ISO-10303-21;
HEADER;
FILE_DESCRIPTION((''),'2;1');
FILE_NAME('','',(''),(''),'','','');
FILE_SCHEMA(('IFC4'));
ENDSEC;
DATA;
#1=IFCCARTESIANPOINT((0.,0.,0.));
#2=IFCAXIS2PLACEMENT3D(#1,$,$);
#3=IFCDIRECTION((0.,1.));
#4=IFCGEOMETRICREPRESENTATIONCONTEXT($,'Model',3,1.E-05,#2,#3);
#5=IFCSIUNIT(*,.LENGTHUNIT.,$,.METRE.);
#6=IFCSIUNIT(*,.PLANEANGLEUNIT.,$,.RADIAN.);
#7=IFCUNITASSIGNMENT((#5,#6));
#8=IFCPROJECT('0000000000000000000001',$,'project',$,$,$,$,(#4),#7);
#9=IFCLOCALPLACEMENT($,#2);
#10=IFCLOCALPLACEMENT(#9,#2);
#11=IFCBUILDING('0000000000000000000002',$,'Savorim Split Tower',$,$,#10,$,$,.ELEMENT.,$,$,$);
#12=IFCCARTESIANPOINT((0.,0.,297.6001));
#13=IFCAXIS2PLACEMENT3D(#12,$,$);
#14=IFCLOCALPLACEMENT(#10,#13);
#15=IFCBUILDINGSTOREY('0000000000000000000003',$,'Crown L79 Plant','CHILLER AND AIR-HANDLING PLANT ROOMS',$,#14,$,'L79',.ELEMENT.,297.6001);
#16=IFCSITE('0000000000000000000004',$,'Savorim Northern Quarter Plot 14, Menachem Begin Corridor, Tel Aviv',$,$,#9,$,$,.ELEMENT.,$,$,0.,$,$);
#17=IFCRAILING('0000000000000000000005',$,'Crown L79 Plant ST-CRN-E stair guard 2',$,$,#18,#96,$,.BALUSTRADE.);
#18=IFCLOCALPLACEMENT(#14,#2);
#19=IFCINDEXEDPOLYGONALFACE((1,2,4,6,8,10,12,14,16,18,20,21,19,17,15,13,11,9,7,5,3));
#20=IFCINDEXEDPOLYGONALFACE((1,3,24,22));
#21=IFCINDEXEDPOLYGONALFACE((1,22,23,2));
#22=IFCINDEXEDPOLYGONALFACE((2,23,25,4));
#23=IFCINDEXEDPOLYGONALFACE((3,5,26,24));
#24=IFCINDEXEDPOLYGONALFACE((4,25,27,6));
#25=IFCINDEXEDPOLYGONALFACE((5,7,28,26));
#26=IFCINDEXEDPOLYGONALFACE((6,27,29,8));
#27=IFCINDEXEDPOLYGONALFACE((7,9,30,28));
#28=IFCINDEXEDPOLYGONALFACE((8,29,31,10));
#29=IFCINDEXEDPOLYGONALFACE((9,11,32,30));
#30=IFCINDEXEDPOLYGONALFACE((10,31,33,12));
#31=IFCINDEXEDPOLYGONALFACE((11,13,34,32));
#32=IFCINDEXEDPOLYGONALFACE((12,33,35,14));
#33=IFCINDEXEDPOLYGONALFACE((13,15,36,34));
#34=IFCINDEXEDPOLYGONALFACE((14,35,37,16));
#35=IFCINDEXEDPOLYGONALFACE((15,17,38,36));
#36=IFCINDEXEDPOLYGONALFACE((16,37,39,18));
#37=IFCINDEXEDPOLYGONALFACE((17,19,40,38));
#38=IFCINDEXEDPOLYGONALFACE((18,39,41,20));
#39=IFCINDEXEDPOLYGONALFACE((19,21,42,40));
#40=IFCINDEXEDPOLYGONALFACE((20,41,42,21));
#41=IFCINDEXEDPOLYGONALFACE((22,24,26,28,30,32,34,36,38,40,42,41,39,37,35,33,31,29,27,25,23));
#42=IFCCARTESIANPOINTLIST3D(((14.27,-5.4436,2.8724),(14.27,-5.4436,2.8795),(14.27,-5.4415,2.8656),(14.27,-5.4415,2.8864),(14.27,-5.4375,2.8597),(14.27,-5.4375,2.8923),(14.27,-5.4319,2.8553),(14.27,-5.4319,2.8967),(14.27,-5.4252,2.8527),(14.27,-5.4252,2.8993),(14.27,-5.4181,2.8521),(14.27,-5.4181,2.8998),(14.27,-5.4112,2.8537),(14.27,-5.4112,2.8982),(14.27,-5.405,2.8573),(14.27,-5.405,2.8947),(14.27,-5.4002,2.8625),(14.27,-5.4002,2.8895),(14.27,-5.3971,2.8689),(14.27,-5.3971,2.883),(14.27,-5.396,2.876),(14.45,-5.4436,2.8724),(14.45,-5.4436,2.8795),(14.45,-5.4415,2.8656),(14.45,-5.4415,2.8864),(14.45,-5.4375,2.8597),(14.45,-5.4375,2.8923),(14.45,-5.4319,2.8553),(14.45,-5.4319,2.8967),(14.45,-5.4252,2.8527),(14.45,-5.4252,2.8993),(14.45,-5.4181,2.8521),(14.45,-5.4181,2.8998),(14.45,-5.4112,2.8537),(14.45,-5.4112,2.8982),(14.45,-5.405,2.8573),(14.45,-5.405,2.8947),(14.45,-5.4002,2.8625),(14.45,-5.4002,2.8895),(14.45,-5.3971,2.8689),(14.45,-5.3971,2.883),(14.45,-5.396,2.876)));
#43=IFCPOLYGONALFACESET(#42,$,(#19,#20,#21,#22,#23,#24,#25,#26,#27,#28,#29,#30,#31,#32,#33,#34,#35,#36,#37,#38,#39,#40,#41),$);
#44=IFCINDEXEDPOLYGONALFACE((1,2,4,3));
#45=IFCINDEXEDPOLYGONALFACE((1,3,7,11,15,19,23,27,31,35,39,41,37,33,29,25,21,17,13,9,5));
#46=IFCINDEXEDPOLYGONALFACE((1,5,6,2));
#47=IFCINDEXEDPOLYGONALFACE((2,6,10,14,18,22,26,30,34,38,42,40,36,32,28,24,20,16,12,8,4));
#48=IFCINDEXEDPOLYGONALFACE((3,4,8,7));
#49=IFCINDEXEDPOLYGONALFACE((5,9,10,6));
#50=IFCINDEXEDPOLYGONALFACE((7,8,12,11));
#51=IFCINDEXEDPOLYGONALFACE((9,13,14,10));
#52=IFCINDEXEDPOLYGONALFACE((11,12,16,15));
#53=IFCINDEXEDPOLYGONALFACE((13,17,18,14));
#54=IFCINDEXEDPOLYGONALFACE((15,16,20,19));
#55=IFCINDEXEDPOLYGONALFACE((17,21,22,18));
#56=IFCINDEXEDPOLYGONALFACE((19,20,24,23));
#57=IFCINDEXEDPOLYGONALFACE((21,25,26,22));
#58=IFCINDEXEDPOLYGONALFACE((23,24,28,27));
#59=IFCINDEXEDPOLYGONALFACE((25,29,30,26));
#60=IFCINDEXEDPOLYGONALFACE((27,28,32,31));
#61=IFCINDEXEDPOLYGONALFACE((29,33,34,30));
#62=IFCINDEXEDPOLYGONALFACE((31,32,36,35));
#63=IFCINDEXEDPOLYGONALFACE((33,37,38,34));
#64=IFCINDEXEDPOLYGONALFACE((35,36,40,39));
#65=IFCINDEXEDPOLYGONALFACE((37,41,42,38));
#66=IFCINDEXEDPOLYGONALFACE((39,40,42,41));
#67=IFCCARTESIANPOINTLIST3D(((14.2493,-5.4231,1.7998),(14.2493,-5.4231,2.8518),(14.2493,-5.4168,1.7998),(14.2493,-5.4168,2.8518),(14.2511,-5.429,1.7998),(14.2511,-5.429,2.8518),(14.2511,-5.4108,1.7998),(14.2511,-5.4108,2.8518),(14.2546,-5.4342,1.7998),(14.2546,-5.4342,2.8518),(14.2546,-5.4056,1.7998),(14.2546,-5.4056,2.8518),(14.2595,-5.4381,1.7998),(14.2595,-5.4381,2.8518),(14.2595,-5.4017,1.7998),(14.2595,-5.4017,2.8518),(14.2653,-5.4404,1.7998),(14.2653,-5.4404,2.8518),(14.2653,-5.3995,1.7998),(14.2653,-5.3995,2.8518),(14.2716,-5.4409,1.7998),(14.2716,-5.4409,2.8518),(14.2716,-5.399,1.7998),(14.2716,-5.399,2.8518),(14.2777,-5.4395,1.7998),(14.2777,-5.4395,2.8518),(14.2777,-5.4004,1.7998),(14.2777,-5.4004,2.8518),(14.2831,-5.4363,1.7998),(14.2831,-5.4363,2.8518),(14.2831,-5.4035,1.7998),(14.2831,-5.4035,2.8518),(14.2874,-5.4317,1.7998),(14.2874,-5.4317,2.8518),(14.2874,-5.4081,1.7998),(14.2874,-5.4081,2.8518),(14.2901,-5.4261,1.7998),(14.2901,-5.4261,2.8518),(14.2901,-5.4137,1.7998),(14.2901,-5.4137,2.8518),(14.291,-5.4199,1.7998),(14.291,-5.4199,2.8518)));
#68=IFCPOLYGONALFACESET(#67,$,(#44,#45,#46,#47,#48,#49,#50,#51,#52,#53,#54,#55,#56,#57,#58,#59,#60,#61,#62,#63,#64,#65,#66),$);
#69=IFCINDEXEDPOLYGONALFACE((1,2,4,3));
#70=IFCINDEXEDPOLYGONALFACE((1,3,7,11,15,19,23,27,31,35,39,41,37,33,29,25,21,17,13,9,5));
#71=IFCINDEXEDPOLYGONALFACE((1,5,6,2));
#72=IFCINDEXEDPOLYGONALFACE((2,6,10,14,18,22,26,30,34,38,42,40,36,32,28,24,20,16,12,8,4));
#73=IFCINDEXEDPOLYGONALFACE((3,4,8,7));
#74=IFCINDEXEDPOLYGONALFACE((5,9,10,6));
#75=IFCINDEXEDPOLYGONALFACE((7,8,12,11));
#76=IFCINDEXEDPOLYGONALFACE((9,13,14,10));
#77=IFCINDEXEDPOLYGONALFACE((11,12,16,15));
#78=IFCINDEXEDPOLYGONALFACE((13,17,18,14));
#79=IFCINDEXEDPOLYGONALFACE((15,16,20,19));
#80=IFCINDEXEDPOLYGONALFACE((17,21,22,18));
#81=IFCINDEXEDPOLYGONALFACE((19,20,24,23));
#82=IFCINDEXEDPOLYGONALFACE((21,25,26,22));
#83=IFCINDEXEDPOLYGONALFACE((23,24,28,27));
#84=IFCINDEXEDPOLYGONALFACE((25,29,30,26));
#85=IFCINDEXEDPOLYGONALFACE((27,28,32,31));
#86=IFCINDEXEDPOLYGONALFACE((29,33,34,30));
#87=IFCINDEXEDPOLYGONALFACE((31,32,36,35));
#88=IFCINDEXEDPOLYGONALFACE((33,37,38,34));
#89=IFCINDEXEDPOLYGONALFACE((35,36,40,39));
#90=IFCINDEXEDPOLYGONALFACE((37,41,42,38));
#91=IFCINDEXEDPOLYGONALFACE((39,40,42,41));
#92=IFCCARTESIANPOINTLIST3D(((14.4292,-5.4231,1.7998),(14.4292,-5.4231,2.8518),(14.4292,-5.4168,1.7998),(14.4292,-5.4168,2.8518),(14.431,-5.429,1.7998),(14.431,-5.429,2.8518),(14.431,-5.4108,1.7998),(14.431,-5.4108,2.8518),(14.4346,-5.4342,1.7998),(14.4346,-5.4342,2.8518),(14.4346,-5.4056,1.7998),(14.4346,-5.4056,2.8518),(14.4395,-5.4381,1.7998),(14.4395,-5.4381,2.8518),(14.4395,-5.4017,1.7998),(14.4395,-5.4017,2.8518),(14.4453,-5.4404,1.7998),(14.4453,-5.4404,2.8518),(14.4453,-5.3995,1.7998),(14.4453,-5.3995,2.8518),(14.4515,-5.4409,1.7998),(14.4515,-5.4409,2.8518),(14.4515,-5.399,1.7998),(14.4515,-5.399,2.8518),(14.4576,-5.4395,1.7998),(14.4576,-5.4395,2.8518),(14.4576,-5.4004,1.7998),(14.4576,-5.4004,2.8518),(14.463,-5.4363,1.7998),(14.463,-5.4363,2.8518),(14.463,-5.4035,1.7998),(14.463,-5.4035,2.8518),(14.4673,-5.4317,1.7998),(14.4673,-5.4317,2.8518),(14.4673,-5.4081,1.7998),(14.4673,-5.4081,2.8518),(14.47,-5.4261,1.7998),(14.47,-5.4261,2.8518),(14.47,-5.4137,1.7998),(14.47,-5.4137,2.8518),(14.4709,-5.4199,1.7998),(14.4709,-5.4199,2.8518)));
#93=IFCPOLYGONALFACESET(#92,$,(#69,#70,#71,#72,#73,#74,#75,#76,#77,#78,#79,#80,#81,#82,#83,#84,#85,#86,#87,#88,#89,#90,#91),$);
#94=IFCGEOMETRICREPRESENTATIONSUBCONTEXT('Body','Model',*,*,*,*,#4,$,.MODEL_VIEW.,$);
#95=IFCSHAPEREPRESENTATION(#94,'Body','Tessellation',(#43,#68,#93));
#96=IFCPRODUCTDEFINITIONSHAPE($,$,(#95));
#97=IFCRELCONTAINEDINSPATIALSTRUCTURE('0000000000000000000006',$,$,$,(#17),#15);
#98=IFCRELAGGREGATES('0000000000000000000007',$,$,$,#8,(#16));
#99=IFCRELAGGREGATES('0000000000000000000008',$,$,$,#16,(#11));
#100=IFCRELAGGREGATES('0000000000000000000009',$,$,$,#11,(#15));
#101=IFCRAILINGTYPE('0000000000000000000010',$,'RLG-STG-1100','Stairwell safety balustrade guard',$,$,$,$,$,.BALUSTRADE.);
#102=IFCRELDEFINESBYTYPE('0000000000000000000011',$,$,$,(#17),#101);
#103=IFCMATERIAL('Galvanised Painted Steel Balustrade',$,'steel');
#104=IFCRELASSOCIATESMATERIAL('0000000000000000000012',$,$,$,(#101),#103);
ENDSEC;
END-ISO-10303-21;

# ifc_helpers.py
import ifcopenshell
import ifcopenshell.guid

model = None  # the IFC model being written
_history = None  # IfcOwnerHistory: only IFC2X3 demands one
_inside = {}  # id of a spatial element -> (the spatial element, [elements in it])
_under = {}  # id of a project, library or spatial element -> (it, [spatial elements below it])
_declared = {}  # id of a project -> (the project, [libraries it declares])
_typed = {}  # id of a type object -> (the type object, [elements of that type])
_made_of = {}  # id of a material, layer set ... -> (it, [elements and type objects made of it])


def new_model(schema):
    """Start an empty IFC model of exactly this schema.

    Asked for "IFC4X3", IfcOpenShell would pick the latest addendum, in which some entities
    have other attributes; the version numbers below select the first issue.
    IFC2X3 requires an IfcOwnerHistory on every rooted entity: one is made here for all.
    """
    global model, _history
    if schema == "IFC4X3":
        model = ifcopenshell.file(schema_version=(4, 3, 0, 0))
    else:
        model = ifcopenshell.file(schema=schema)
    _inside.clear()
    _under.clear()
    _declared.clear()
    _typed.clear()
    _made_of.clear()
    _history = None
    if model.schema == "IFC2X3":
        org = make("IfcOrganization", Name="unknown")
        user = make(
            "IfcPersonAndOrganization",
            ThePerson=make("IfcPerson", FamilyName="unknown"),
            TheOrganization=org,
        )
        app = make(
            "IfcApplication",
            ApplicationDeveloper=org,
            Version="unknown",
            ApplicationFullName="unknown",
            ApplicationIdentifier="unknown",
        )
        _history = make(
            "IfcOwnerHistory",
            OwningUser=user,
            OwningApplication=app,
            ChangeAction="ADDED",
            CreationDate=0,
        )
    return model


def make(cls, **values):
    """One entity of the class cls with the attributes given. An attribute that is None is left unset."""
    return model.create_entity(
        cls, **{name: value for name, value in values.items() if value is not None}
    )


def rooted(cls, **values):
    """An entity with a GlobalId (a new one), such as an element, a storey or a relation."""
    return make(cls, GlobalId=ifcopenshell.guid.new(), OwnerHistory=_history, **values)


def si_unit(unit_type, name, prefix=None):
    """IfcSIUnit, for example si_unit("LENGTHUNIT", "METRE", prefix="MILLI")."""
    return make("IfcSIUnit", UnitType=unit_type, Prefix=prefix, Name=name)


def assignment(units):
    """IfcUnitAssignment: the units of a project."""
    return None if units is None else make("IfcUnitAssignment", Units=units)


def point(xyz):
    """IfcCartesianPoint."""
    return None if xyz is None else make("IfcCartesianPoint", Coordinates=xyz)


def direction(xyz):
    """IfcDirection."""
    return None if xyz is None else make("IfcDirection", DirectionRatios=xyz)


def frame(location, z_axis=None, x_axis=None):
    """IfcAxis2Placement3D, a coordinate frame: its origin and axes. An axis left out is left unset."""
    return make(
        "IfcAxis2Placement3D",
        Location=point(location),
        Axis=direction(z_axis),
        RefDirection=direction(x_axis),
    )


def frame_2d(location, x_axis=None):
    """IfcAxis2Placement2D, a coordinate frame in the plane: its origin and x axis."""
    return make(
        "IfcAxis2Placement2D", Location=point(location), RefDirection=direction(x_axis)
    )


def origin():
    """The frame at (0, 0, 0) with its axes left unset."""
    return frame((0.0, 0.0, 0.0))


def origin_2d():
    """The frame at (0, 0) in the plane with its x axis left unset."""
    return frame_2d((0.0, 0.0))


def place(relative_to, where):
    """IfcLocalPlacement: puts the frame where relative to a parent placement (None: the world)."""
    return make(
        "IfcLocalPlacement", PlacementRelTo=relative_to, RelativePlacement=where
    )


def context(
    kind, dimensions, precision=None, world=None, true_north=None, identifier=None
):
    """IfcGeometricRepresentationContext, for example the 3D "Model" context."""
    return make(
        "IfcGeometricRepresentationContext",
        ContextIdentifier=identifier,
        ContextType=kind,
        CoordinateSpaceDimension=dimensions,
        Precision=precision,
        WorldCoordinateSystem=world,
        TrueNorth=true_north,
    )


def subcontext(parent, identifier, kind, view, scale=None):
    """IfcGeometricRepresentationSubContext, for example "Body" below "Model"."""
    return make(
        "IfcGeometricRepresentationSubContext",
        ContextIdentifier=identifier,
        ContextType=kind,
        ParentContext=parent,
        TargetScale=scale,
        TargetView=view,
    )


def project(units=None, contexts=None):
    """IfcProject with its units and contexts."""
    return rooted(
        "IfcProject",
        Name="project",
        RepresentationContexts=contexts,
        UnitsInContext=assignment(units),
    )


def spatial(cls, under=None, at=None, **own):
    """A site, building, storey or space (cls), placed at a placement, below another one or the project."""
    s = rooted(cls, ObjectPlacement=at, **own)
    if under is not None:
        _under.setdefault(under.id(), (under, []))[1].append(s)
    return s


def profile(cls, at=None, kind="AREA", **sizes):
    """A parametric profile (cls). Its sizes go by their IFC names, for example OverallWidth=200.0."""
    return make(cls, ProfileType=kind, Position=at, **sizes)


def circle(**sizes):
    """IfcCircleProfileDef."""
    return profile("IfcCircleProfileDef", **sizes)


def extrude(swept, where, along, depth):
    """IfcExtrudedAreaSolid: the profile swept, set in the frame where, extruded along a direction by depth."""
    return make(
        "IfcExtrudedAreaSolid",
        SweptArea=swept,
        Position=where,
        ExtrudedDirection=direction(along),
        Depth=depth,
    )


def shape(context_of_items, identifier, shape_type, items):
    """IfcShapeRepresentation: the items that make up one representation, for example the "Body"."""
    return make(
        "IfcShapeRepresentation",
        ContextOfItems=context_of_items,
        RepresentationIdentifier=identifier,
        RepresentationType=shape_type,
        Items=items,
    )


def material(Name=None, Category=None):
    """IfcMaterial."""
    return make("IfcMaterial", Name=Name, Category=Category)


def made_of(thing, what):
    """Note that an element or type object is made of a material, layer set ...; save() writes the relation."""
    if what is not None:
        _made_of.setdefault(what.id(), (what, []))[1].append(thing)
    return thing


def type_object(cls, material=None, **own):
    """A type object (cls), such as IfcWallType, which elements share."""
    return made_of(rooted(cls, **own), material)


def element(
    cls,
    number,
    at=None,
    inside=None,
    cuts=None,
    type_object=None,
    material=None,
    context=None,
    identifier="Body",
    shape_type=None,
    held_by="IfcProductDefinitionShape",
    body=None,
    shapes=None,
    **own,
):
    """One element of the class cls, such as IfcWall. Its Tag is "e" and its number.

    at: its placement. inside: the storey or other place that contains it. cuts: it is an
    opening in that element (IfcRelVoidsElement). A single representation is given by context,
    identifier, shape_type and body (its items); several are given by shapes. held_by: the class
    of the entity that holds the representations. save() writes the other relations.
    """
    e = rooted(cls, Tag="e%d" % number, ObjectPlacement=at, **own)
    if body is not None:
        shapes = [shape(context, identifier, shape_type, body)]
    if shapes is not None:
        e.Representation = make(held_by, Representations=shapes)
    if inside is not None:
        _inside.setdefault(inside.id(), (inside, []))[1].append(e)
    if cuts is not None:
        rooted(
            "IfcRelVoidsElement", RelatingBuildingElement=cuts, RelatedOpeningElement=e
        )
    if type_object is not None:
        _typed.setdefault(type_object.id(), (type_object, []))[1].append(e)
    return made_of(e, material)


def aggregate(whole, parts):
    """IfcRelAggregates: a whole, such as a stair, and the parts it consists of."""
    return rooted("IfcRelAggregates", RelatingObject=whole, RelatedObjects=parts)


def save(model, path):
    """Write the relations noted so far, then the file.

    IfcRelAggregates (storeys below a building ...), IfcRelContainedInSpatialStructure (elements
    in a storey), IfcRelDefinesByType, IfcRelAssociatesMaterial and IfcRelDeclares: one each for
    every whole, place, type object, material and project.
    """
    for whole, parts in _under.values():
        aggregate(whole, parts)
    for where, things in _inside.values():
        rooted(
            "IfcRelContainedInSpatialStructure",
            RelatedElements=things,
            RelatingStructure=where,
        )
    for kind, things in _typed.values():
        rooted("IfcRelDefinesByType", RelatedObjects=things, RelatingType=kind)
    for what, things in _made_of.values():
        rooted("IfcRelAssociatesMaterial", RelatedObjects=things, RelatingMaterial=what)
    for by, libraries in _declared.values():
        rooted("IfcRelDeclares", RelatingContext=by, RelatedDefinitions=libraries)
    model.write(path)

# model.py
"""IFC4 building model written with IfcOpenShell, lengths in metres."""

from ifc_helpers import new_model, si_unit, direction, frame, origin, origin_2d, place, context, subcontext, project, spatial, circle, extrude, material, type_object, element, save


model = new_model("IFC4")

# Units and contexts
model_context = context("Model", 3, precision=1e-05, world=origin(), true_north=direction((0.0, 1.0)))
body_context = subcontext(model_context, "Body", "Model", "MODEL_VIEW")
ifc_project = project(units=[si_unit("LENGTHUNIT", "METRE"), si_unit("PLANEANGLEUNIT", "RADIAN")], contexts=[model_context])

# Site, building, storey
site_placement = place(None, origin())
site = spatial("IfcSite", under=ifc_project, at=site_placement, Name="Savorim Northern Quarter Plot 14, Menachem Begin Corridor, Tel Aviv", CompositionType="ELEMENT", RefElevation=0.0)
building_placement = place(site_placement, origin())
building = spatial("IfcBuilding", under=site, at=building_placement, Name="Savorim Split Tower", CompositionType="ELEMENT")
storey_placement = place(building_placement, frame((0.0, 0.0, 297.6001)))
storey = spatial("IfcBuildingStorey", under=building, at=storey_placement, Name="Crown L79 Plant", Description="CHILLER AND AIR-HANDLING PLANT ROOMS", LongName="L79", CompositionType="ELEMENT", Elevation=297.6001)

# Railing
ifc_material_1 = material(Name="Galvanised Painted Steel Balustrade", Category="steel")
railing_type_1 = type_object("IfcRailingType", Name="RLG-STG-1100", Description="Stairwell safety balustrade guard", PredefinedType="BALUSTRADE", material=ifc_material_1)
railing_1_placement = place(storey_placement, frame((14.27, -5.4199, 1.7998)))
element("IfcRailing", 1, at=railing_1_placement, inside=storey, type_object=railing_type_1, Name="Crown L79 Plant ST-CRN-E stair guard 2", PredefinedType="BALUSTRADE", context=body_context, shape_type="SweptSolid", body=[
    extrude(circle(Radius=0.0239, at=origin_2d()), frame((0.0, 0.0, 1.0762), z_axis=(1.0, 0.0, 0.0), x_axis=(0.0, 1.0, 0.0)), (0.0, 0.0, 1.0), 0.1799),
    extrude(circle(Radius=0.021, at=origin_2d()), origin(), (0.0, 0.0, 1.0), 1.052),
    extrude(circle(Radius=0.021, at=origin_2d()), frame((0.1799, 0.0, 0.0)), (0.0, 0.0, 1.0), 1.052),
])

save(model, "model.ifc")
